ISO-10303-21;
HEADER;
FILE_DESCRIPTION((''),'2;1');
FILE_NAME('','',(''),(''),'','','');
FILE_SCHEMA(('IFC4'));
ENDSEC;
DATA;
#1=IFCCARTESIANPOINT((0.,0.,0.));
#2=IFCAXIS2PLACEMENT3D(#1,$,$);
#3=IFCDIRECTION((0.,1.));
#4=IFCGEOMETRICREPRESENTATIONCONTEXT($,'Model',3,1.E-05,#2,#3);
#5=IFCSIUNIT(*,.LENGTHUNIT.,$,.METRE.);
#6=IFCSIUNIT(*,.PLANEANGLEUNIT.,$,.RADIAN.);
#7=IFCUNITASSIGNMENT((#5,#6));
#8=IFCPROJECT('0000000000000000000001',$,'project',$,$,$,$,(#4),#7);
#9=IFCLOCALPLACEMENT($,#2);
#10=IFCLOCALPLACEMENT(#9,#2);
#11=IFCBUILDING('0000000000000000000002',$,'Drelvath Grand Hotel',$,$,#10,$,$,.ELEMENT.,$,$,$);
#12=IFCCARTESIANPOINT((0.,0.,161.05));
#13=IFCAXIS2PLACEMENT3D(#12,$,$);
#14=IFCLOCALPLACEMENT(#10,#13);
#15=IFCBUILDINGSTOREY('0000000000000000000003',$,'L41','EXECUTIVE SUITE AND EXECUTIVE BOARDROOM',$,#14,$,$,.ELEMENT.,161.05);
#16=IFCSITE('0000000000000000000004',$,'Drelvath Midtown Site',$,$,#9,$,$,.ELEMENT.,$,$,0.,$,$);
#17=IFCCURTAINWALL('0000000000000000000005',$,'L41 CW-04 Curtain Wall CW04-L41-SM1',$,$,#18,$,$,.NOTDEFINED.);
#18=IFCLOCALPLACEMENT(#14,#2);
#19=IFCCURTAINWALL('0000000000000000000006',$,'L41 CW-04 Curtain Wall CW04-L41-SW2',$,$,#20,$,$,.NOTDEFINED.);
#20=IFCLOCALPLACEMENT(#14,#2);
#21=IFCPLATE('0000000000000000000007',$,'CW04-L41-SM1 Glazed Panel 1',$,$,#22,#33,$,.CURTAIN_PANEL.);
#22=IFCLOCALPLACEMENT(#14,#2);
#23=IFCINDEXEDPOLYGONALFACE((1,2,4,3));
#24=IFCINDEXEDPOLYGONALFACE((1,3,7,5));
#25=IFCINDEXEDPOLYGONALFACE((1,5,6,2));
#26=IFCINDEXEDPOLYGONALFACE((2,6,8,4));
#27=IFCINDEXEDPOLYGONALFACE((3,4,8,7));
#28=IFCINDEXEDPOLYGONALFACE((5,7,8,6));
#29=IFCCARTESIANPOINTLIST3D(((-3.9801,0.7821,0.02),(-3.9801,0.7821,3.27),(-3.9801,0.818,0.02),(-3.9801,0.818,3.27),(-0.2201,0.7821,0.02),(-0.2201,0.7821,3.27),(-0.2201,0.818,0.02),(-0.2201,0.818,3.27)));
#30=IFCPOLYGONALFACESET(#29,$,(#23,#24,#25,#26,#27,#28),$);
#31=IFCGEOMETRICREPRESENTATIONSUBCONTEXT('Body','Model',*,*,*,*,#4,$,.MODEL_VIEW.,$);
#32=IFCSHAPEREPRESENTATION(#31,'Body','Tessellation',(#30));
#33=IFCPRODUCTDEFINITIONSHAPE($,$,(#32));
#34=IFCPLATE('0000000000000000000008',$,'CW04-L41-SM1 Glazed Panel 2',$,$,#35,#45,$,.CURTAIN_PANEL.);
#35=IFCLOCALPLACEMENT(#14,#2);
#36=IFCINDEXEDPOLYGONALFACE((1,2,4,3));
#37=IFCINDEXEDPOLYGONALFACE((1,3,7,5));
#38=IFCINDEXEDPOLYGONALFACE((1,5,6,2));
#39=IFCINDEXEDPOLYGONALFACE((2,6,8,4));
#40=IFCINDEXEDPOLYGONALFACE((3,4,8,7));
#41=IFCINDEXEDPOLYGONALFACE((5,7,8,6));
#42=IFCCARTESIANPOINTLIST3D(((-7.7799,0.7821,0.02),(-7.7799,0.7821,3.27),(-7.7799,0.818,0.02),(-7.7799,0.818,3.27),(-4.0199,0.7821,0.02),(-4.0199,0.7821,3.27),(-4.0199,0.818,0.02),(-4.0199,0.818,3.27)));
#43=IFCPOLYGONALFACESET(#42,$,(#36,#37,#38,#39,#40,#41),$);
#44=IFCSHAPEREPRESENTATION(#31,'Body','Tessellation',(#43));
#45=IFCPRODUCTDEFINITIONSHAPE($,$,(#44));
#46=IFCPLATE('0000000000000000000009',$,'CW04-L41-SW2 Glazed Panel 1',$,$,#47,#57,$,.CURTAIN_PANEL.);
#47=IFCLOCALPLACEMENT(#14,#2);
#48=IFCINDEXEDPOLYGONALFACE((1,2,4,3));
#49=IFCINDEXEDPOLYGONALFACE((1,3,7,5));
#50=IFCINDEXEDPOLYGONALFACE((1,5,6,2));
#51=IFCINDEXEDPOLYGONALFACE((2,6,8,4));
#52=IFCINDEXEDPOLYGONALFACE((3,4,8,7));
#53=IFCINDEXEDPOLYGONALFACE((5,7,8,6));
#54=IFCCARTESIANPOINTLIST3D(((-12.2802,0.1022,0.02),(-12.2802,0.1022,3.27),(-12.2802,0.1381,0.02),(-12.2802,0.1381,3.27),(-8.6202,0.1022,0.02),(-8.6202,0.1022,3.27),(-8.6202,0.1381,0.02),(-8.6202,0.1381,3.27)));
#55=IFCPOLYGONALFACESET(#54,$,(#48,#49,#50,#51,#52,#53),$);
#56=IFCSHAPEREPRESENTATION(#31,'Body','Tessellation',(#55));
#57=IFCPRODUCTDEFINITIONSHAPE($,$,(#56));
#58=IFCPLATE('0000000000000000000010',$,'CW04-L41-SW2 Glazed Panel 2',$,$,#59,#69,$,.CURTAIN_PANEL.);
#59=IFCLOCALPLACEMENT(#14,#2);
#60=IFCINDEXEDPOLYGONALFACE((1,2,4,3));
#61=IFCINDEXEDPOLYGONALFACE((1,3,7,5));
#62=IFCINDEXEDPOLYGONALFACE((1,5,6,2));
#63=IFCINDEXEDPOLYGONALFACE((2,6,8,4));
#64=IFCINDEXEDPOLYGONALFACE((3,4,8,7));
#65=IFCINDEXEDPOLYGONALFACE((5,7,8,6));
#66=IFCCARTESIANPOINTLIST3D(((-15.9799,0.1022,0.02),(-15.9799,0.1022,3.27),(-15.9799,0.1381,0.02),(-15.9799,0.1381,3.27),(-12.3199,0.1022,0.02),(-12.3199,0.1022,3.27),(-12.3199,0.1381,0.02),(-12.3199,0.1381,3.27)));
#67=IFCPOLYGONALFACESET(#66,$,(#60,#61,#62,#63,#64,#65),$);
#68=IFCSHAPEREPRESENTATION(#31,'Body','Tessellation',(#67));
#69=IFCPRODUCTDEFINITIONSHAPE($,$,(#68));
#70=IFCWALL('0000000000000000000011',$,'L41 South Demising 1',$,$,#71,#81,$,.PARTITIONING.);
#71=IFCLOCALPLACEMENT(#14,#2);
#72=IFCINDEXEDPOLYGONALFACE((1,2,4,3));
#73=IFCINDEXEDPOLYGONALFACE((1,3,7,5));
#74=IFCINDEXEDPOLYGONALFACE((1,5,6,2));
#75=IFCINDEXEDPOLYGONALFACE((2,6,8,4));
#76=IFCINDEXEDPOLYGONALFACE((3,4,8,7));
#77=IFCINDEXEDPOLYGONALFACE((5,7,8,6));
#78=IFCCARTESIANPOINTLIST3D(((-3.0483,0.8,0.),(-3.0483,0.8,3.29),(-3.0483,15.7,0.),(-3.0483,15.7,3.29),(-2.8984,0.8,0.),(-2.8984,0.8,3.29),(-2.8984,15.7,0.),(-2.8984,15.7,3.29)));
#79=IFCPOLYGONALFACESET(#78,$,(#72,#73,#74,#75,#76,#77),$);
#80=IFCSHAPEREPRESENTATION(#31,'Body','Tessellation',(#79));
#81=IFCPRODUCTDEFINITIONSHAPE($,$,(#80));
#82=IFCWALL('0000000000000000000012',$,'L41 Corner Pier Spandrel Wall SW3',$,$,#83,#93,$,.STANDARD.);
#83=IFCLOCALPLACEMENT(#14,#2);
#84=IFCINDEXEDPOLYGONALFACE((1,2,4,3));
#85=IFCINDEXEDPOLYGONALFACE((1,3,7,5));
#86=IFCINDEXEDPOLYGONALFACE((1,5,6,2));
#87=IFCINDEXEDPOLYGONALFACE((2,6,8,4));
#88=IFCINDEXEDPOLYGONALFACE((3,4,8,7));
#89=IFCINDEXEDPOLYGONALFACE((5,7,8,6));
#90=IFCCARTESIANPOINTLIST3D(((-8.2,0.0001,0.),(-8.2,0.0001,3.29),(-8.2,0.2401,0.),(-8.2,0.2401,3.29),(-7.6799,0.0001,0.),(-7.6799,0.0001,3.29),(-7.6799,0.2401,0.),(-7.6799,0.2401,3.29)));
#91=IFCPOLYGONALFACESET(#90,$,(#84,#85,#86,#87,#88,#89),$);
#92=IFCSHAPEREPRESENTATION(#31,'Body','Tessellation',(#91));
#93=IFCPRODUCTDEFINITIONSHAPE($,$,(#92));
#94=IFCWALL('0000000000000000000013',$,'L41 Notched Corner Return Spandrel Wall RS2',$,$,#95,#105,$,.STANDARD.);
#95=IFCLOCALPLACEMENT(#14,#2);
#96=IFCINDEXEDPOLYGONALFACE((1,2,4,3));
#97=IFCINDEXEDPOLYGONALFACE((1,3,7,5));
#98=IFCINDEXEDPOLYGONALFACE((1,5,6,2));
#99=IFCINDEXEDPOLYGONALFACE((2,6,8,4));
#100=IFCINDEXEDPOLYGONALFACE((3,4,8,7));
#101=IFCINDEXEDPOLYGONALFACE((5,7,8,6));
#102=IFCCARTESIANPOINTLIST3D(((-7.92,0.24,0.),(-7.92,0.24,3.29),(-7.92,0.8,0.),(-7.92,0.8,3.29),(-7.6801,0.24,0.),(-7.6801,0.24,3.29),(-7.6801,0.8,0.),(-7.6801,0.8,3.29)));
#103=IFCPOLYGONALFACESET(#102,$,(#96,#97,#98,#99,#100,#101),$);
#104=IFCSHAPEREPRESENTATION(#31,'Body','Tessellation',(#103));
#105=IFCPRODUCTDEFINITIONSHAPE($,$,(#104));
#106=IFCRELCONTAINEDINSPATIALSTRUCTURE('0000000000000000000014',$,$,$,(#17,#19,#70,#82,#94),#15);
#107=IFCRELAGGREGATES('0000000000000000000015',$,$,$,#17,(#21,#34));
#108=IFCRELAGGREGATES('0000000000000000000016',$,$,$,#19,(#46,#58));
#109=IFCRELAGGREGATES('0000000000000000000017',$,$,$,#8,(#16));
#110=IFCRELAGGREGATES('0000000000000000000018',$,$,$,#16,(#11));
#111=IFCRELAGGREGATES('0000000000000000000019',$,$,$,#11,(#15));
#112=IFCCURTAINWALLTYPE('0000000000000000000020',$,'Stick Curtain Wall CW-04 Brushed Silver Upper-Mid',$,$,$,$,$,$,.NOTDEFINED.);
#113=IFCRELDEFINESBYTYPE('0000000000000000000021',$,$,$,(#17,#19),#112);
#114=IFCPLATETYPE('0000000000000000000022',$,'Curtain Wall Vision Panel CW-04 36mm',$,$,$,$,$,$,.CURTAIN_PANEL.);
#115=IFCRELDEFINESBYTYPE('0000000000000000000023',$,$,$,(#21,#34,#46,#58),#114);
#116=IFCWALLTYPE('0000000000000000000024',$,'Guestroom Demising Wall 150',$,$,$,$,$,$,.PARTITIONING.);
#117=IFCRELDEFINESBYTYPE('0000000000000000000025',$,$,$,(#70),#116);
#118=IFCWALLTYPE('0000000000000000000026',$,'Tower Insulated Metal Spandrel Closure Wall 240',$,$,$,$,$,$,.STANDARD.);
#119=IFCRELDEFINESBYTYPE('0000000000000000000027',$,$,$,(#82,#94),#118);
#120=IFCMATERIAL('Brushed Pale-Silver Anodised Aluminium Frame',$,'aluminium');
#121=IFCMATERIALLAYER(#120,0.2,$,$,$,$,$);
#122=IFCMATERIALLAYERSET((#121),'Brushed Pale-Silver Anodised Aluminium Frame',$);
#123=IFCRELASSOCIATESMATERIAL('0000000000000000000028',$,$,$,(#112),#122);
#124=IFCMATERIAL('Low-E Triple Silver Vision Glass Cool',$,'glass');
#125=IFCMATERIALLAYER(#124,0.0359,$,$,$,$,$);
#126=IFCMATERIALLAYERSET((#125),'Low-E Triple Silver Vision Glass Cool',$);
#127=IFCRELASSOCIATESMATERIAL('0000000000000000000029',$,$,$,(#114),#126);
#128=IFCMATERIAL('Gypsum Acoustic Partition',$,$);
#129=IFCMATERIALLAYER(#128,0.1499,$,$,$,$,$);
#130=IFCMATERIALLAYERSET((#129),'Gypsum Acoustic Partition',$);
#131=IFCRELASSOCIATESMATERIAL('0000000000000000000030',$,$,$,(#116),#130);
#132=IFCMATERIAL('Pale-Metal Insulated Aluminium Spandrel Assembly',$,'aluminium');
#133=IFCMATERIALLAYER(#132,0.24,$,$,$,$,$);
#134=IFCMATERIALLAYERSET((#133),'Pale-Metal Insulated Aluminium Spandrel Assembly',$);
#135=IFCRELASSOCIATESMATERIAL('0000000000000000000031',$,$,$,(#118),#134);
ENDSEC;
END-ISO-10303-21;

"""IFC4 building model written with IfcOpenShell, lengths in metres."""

from ifc_helpers import new_model, si_unit, direction, frame, frame_2d, origin, origin_2d, place, context, subcontext, project, spatial, rectangle, extrude, material, layer, layer_set, type_object, element, aggregate, save


model = new_model("IFC4")

# Units and contexts
model_context = context("Model", 3, precision=1e-05, world=origin(), true_north=direction((0.0, 1.0)))
body_context = subcontext(model_context, "Body", "Model", "MODEL_VIEW")
ifc_project = project(units=[si_unit("LENGTHUNIT", "METRE"), si_unit("PLANEANGLEUNIT", "RADIAN")], contexts=[model_context])

# Site, building, storey
site_placement = place(None, origin())
site = spatial("IfcSite", under=ifc_project, at=site_placement, Name="Drelvath Midtown Site", CompositionType="ELEMENT", RefElevation=0.0)
building_placement = place(site_placement, origin())
building = spatial("IfcBuilding", under=site, at=building_placement, Name="Drelvath Grand Hotel", CompositionType="ELEMENT")
storey_placement = place(building_placement, frame((0.0, 0.0, 161.05)))
storey = spatial("IfcBuildingStorey", under=building, at=storey_placement, Name="L41", Description="EXECUTIVE SUITE AND EXECUTIVE BOARDROOM", CompositionType="ELEMENT", Elevation=161.05)

# Curtain walls
ifc_material_1 = material(Name="Brushed Pale-Silver Anodised Aluminium Frame", Category="aluminium")
ifc_layer_1 = layer(ifc_material_1, 0.2)
ifc_layer_set_1 = layer_set([ifc_layer_1], Name="Brushed Pale-Silver Anodised Aluminium Frame")
curtain_wall_type = type_object("IfcCurtainWallType", Name="Stick Curtain Wall CW-04 Brushed Silver Upper-Mid", PredefinedType="NOTDEFINED", material=ifc_layer_set_1)
curtain_wall_1_placement = place(storey_placement, origin())
curtain_wall_1 = element("IfcCurtainWall", 1, at=curtain_wall_1_placement, inside=storey, type_object=curtain_wall_type, Name="L41 CW-04 Curtain Wall CW04-L41-SM1", PredefinedType="NOTDEFINED")
curtain_wall_2_placement = place(storey_placement, origin())
curtain_wall_2 = element("IfcCurtainWall", 2, at=curtain_wall_2_placement, inside=storey, type_object=curtain_wall_type, Name="L41 CW-04 Curtain Wall CW04-L41-SW2", PredefinedType="NOTDEFINED")

# Plates
ifc_material_2 = material(Name="Low-E Triple Silver Vision Glass Cool", Category="glass")
ifc_layer_2 = layer(ifc_material_2, 0.0359)
ifc_layer_set_2 = layer_set([ifc_layer_2], Name="Low-E Triple Silver Vision Glass Cool")
plate_type = type_object("IfcPlateType", Name="Curtain Wall Vision Panel CW-04 36mm", PredefinedType="CURTAIN_PANEL", material=ifc_layer_set_2)
plate_1_placement = place(storey_placement, frame((-2.1001, 0.8, 0.02), z_axis=(0.0, 0.0, 1.0), x_axis=(-1.0, 0.0, 0.0)))
plate_1 = element("IfcPlate", 3, at=plate_1_placement, type_object=plate_type, Name="CW04-L41-SM1 Glazed Panel 1", PredefinedType="CURTAIN_PANEL", context=body_context, shape_type="SweptSolid", body=[
    extrude(rectangle(XDim=3.76, YDim=0.0359, at=origin_2d()), origin(), (0.0, 0.0, 1.0), 3.25),
])
plate_2_placement = place(storey_placement, frame((-5.8999, 0.8, 0.02), z_axis=(0.0, 0.0, 1.0), x_axis=(-1.0, 0.0, 0.0)))
plate_2 = element("IfcPlate", 4, at=plate_2_placement, type_object=plate_type, Name="CW04-L41-SM1 Glazed Panel 2", PredefinedType="CURTAIN_PANEL", context=body_context, shape_type="SweptSolid", body=[
    extrude(rectangle(XDim=3.76, YDim=0.0359, at=origin_2d()), origin(), (0.0, 0.0, 1.0), 3.25),
])
aggregate(curtain_wall_1, [plate_1, plate_2])
plate_3_placement = place(storey_placement, frame((-10.4502, 0.1201, 0.02), z_axis=(0.0, 0.0, 1.0), x_axis=(-1.0, 0.0, 0.0)))
plate_3 = element("IfcPlate", 5, at=plate_3_placement, type_object=plate_type, Name="CW04-L41-SW2 Glazed Panel 1", PredefinedType="CURTAIN_PANEL", context=body_context, shape_type="SweptSolid", body=[
    extrude(rectangle(XDim=3.6599, YDim=0.0359, at=origin_2d()), origin(), (0.0, 0.0, 1.0), 3.25),
])
plate_4_placement = place(storey_placement, frame((-14.1499, 0.1201, 0.02), z_axis=(0.0, 0.0, 1.0), x_axis=(-1.0, 0.0, 0.0)))
plate_4 = element("IfcPlate", 6, at=plate_4_placement, type_object=plate_type, Name="CW04-L41-SW2 Glazed Panel 2", PredefinedType="CURTAIN_PANEL", context=body_context, shape_type="SweptSolid", body=[
    extrude(rectangle(XDim=3.6599, YDim=0.0359, at=origin_2d()), origin(), (0.0, 0.0, 1.0), 3.25),
])
aggregate(curtain_wall_2, [plate_3, plate_4])

# Walls
ifc_material_3 = material(Name="Gypsum Acoustic Partition")
ifc_layer_3 = layer(ifc_material_3, 0.1499)
ifc_layer_set_3 = layer_set([ifc_layer_3], Name="Gypsum Acoustic Partition")
wall_type_1 = type_object("IfcWallType", Name="Guestroom Demising Wall 150", PredefinedType="PARTITIONING", material=ifc_layer_set_3)
wall_1_placement = place(storey_placement, frame((-2.9734, 0.8, 0.0), z_axis=(0.0, 0.0, 1.0), x_axis=(0.0, 1.0, 0.0)))
element("IfcWall", 7, at=wall_1_placement, inside=storey, type_object=wall_type_1, Name="L41 South Demising 1", PredefinedType="PARTITIONING", context=body_context, shape_type="SweptSolid", body=[
    extrude(rectangle(XDim=14.8999, YDim=0.1499, at=frame_2d((7.45, 0.0))), origin(), (0.0, 0.0, 1.0), 3.29),
])
ifc_material_4 = material(Name="Pale-Metal Insulated Aluminium Spandrel Assembly", Category="aluminium")
ifc_layer_4 = layer(ifc_material_4, 0.24)
ifc_layer_set_4 = layer_set([ifc_layer_4], Name="Pale-Metal Insulated Aluminium Spandrel Assembly")
wall_type_2 = type_object("IfcWallType", Name="Tower Insulated Metal Spandrel Closure Wall 240", PredefinedType="STANDARD", material=ifc_layer_set_4)
wall_2_placement = place(storey_placement, frame((-7.6799, 0.1201, 0.0), z_axis=(0.0, 0.0, 1.0), x_axis=(-1.0, 0.0, 0.0)))
element("IfcWall", 8, at=wall_2_placement, inside=storey, type_object=wall_type_2, Name="L41 Corner Pier Spandrel Wall SW3", PredefinedType="STANDARD", context=body_context, shape_type="SweptSolid", body=[
    extrude(rectangle(XDim=0.52, YDim=0.24, at=frame_2d((0.26, 0.0))), origin(), (0.0, 0.0, 1.0), 3.29),
])
wall_3_placement = place(storey_placement, frame((-7.8, 0.8, 0.0), z_axis=(0.0, 0.0, 1.0), x_axis=(0.0, -1.0, 0.0)))
element("IfcWall", 9, at=wall_3_placement, inside=storey, type_object=wall_type_2, Name="L41 Notched Corner Return Spandrel Wall RS2", PredefinedType="STANDARD", context=body_context, shape_type="SweptSolid", body=[
    extrude(rectangle(XDim=0.5601, YDim=0.24, at=frame_2d((0.28, 0.0))), origin(), (0.0, 0.0, 1.0), 3.29),
])

save(model, "model.ifc")
